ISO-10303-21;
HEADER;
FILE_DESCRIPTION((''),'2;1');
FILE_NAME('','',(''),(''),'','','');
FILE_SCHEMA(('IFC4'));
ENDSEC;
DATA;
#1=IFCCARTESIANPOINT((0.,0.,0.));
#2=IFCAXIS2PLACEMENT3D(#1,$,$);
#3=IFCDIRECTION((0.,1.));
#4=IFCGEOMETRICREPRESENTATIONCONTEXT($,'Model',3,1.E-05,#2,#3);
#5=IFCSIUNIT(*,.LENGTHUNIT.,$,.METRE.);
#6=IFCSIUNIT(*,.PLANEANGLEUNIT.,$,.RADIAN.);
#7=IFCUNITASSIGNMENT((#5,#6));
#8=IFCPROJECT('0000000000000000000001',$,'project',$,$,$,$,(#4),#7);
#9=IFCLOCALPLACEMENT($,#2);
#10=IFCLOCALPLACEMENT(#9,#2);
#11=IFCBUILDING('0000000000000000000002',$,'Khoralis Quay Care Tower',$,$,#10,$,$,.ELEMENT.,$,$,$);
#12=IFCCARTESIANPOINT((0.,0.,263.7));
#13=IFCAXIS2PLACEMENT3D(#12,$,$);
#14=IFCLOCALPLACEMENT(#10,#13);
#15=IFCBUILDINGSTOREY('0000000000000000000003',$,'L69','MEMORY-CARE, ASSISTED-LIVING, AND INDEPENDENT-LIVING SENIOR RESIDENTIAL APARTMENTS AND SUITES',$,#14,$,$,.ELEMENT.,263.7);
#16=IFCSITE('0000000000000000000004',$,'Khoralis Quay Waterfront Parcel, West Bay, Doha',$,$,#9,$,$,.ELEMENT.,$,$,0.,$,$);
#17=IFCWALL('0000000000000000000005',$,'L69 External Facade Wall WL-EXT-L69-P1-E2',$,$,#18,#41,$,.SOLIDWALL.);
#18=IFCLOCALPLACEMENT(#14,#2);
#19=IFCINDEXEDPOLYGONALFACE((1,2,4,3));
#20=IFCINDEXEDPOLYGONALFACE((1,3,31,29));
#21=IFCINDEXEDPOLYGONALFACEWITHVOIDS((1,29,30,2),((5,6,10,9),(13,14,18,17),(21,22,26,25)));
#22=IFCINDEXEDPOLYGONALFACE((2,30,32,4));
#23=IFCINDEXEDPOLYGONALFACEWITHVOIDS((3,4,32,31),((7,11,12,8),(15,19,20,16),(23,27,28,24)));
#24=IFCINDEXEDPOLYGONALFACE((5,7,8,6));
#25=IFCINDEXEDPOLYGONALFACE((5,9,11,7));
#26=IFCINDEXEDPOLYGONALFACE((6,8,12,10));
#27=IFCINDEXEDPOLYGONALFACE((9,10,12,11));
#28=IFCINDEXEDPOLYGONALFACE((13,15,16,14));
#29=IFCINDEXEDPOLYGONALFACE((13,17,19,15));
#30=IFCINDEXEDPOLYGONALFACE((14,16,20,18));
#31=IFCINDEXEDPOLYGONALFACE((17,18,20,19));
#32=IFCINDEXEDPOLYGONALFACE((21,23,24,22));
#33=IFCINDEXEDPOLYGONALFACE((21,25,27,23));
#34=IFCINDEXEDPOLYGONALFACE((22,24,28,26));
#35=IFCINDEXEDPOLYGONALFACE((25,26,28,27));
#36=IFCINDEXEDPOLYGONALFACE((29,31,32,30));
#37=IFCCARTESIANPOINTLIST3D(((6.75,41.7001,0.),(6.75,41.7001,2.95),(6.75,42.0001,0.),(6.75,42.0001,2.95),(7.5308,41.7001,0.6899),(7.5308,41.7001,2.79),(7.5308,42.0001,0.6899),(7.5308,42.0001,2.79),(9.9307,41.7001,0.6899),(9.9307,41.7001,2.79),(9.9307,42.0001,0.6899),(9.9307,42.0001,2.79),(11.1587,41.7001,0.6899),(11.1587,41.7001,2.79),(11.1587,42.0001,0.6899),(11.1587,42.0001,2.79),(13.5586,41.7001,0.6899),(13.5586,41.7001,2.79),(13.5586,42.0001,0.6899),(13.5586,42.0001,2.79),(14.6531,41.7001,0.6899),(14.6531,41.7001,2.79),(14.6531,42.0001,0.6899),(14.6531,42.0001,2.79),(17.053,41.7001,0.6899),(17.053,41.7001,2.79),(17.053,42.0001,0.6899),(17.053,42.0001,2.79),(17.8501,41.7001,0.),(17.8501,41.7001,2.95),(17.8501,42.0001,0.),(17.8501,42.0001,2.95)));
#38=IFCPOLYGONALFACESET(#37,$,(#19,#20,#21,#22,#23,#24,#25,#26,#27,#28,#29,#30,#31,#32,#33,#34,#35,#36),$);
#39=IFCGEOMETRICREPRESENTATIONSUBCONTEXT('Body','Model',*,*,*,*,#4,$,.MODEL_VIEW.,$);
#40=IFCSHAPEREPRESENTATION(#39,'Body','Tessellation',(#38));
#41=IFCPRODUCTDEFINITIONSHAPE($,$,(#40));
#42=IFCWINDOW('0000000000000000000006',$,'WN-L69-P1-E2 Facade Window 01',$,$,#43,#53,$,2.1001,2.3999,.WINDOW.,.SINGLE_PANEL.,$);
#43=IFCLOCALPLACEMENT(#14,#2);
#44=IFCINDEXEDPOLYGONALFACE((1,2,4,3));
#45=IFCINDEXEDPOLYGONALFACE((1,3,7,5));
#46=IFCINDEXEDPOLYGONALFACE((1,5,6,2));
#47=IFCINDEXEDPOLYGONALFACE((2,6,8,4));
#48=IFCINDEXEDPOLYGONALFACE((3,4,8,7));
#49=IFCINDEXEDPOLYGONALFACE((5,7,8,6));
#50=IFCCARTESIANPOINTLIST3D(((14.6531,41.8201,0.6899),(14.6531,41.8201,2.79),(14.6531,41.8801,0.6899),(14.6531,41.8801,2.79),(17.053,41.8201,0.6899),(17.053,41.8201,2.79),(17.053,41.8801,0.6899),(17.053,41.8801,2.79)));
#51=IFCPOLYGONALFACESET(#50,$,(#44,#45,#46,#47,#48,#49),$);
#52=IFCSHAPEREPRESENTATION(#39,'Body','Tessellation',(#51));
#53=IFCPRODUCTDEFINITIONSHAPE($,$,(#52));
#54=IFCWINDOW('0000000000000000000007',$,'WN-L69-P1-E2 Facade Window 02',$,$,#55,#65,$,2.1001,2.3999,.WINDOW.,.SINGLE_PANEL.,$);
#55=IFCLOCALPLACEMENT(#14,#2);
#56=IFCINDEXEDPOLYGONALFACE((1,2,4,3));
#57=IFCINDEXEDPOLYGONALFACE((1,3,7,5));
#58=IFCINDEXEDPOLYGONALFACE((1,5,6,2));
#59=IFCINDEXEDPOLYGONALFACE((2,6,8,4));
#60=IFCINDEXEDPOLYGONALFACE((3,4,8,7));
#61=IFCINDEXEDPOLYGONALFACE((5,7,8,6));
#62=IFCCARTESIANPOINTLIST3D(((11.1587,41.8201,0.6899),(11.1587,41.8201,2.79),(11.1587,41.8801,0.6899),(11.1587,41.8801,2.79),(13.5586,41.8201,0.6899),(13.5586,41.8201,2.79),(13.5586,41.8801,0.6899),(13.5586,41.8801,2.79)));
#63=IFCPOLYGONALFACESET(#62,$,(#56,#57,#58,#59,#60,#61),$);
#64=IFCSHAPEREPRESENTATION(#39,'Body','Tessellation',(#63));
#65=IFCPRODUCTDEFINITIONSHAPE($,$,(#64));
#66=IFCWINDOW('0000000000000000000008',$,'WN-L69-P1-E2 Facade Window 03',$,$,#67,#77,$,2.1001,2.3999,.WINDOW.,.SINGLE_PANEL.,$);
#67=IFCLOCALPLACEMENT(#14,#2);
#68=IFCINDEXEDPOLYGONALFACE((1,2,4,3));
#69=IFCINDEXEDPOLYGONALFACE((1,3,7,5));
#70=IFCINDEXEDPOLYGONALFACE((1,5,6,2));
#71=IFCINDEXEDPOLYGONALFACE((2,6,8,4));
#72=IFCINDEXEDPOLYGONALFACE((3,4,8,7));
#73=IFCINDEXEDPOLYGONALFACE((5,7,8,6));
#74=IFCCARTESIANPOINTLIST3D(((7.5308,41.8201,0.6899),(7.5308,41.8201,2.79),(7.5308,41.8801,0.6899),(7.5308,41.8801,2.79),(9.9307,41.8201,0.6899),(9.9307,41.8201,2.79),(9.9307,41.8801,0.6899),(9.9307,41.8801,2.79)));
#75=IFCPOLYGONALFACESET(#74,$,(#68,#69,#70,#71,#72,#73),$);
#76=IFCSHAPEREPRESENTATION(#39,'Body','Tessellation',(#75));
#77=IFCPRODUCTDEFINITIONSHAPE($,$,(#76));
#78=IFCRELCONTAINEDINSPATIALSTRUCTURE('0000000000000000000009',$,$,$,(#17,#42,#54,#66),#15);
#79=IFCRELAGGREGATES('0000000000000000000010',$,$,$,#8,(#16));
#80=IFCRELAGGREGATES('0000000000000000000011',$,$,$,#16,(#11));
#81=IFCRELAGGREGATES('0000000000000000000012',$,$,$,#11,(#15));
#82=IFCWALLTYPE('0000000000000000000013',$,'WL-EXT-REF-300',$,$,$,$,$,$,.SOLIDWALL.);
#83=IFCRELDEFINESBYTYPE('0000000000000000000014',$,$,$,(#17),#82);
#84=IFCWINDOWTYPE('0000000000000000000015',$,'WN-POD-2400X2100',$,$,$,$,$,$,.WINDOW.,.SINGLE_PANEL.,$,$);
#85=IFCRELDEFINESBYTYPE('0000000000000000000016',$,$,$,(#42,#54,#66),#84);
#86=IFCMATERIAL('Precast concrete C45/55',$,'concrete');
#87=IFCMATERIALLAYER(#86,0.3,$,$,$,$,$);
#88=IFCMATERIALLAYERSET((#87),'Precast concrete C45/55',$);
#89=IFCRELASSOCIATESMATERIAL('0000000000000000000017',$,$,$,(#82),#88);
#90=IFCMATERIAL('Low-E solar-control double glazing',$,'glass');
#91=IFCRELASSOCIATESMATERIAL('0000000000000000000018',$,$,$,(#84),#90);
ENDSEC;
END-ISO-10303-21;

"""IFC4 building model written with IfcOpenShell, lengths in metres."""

from ifc_helpers import new_model, si_unit, direction, frame, frame_2d, origin, place, context, subcontext, project, spatial, rectangle, extrude, source, transform, mapped, material, layer, layer_set, type_object, element, fill, save


model = new_model("IFC4")

# Units and contexts
model_context = context("Model", 3, precision=1e-05, world=origin(), true_north=direction((0.0, 1.0)))
body_context = subcontext(model_context, "Body", "Model", "MODEL_VIEW")
ifc_project = project(units=[si_unit("LENGTHUNIT", "METRE"), si_unit("PLANEANGLEUNIT", "RADIAN")], contexts=[model_context])

# Site, building, storey
site_placement = place(None, origin())
site = spatial("IfcSite", under=ifc_project, at=site_placement, Name="Khoralis Quay Waterfront Parcel, West Bay, Doha", CompositionType="ELEMENT", RefElevation=0.0)
building_placement = place(site_placement, origin())
building = spatial("IfcBuilding", under=site, at=building_placement, Name="Khoralis Quay Care Tower", CompositionType="ELEMENT")
storey_placement = place(building_placement, frame((0.0, 0.0, 263.7)))
storey = spatial("IfcBuildingStorey", under=building, at=storey_placement, Name="L69", Description="MEMORY-CARE, ASSISTED-LIVING, AND INDEPENDENT-LIVING SENIOR RESIDENTIAL APARTMENTS AND SUITES", CompositionType="ELEMENT", Elevation=263.7)

# Shared definitions
ifc_material_1 = material(Name="Low-E solar-control double glazing", Category="glass")

# Wall, openings, windows
ifc_material_2 = material(Name="Precast concrete C45/55", Category="concrete")
ifc_layer_1 = layer(ifc_material_2, 0.3)
ifc_layer_set_1 = layer_set([ifc_layer_1], Name="Precast concrete C45/55")
wall_type = type_object("IfcWallType", Name="WL-EXT-REF-300", PredefinedType="SOLIDWALL", material=ifc_layer_set_1)
wall_placement = place(storey_placement, frame((17.8501, 41.8501, 0.0), z_axis=(0.0, 0.0, 1.0), x_axis=(-1.0, 0.0, 0.0)))
wall = element("IfcWall", 1, at=wall_placement, inside=storey, type_object=wall_type, Name="L69 External Facade Wall WL-EXT-L69-P1-E2", PredefinedType="SOLIDWALL", context=body_context, shape_type="SweptSolid", body=[
    extrude(rectangle(XDim=11.1001, YDim=0.3, at=frame_2d((5.55, 0.0))), origin(), (0.0, 0.0, 1.0), 2.95),
])
opening_1_placement = place(wall_placement, frame((0.7971, 0.0, 0.6899)))
opening_1 = element("IfcOpeningElement", 2, at=opening_1_placement, cuts=wall, PredefinedType="OPENING", context=body_context, shape_type="SweptSolid", body=[
    extrude(rectangle(XDim=2.3999, YDim=2.1001, at=frame_2d((1.2, 1.05))), frame((0.0, 0.1602, 0.0), z_axis=(0.0, -1.0, 0.0), x_axis=(1.0, 0.0, 0.0)), (0.0, 0.0, 1.0), 0.3201),
])
opening_2_placement = place(wall_placement, frame((4.2915, 0.0, 0.6899)))
opening_2 = element("IfcOpeningElement", 3, at=opening_2_placement, cuts=wall, PredefinedType="OPENING", context=body_context, shape_type="SweptSolid", body=[
    extrude(rectangle(XDim=2.3999, YDim=2.1001, at=frame_2d((1.2, 1.05))), frame((0.0, 0.1602, 0.0), z_axis=(0.0, -1.0, 0.0), x_axis=(1.0, 0.0, 0.0)), (0.0, 0.0, 1.0), 0.3201),
])
opening_3_placement = place(wall_placement, frame((7.9194, 0.0, 0.6899)))
opening_3 = element("IfcOpeningElement", 4, at=opening_3_placement, cuts=wall, PredefinedType="OPENING", context=body_context, shape_type="SweptSolid", body=[
    extrude(rectangle(XDim=2.3999, YDim=2.1001, at=frame_2d((1.2, 1.05))), frame((0.0, 0.1602, 0.0), z_axis=(0.0, -1.0, 0.0), x_axis=(1.0, 0.0, 0.0)), (0.0, 0.0, 1.0), 0.3201),
])
window_type = type_object("IfcWindowType", Name="WN-POD-2400X2100", PartitioningType="SINGLE_PANEL", PredefinedType="WINDOW", material=ifc_material_1)
shared_shape_1 = source(origin(), body_context, "Body", "SweptSolid", [
    extrude(rectangle(XDim=2.3999, YDim=2.1001, at=frame_2d((1.2, 1.05))), frame((0.0, 0.03, 0.0), z_axis=(0.0, -1.0, 0.0), x_axis=(1.0, 0.0, 0.0)), (0.0, 0.0, 1.0), 0.0601),
])
window_1_placement = place(opening_1_placement, origin())
window_1 = element("IfcWindow", 5, at=window_1_placement, inside=storey, type_object=window_type, Name="WN-L69-P1-E2 Facade Window 01", OverallHeight=2.1001, OverallWidth=2.3999, PartitioningType="SINGLE_PANEL", PredefinedType="WINDOW", context=body_context, shape_type="MappedRepresentation", body=[
    mapped(shared_shape_1, transform((0.0, 0.0, 0.0), scale=1.0)),
])
fill(opening_1, window_1)
window_2_placement = place(opening_2_placement, origin())
window_2 = element("IfcWindow", 6, at=window_2_placement, inside=storey, type_object=window_type, Name="WN-L69-P1-E2 Facade Window 02", OverallHeight=2.1001, OverallWidth=2.3999, PartitioningType="SINGLE_PANEL", PredefinedType="WINDOW", context=body_context, shape_type="MappedRepresentation", body=[
    mapped(shared_shape_1, transform((0.0, 0.0, 0.0), scale=1.0)),
])
fill(opening_2, window_2)
window_3_placement = place(opening_3_placement, origin())
window_3 = element("IfcWindow", 7, at=window_3_placement, inside=storey, type_object=window_type, Name="WN-L69-P1-E2 Facade Window 03", OverallHeight=2.1001, OverallWidth=2.3999, PartitioningType="SINGLE_PANEL", PredefinedType="WINDOW", context=body_context, shape_type="MappedRepresentation", body=[
    mapped(shared_shape_1, transform((0.0, 0.0, 0.0), scale=1.0)),
])
fill(opening_3, window_3)

save(model, "model.ifc")
